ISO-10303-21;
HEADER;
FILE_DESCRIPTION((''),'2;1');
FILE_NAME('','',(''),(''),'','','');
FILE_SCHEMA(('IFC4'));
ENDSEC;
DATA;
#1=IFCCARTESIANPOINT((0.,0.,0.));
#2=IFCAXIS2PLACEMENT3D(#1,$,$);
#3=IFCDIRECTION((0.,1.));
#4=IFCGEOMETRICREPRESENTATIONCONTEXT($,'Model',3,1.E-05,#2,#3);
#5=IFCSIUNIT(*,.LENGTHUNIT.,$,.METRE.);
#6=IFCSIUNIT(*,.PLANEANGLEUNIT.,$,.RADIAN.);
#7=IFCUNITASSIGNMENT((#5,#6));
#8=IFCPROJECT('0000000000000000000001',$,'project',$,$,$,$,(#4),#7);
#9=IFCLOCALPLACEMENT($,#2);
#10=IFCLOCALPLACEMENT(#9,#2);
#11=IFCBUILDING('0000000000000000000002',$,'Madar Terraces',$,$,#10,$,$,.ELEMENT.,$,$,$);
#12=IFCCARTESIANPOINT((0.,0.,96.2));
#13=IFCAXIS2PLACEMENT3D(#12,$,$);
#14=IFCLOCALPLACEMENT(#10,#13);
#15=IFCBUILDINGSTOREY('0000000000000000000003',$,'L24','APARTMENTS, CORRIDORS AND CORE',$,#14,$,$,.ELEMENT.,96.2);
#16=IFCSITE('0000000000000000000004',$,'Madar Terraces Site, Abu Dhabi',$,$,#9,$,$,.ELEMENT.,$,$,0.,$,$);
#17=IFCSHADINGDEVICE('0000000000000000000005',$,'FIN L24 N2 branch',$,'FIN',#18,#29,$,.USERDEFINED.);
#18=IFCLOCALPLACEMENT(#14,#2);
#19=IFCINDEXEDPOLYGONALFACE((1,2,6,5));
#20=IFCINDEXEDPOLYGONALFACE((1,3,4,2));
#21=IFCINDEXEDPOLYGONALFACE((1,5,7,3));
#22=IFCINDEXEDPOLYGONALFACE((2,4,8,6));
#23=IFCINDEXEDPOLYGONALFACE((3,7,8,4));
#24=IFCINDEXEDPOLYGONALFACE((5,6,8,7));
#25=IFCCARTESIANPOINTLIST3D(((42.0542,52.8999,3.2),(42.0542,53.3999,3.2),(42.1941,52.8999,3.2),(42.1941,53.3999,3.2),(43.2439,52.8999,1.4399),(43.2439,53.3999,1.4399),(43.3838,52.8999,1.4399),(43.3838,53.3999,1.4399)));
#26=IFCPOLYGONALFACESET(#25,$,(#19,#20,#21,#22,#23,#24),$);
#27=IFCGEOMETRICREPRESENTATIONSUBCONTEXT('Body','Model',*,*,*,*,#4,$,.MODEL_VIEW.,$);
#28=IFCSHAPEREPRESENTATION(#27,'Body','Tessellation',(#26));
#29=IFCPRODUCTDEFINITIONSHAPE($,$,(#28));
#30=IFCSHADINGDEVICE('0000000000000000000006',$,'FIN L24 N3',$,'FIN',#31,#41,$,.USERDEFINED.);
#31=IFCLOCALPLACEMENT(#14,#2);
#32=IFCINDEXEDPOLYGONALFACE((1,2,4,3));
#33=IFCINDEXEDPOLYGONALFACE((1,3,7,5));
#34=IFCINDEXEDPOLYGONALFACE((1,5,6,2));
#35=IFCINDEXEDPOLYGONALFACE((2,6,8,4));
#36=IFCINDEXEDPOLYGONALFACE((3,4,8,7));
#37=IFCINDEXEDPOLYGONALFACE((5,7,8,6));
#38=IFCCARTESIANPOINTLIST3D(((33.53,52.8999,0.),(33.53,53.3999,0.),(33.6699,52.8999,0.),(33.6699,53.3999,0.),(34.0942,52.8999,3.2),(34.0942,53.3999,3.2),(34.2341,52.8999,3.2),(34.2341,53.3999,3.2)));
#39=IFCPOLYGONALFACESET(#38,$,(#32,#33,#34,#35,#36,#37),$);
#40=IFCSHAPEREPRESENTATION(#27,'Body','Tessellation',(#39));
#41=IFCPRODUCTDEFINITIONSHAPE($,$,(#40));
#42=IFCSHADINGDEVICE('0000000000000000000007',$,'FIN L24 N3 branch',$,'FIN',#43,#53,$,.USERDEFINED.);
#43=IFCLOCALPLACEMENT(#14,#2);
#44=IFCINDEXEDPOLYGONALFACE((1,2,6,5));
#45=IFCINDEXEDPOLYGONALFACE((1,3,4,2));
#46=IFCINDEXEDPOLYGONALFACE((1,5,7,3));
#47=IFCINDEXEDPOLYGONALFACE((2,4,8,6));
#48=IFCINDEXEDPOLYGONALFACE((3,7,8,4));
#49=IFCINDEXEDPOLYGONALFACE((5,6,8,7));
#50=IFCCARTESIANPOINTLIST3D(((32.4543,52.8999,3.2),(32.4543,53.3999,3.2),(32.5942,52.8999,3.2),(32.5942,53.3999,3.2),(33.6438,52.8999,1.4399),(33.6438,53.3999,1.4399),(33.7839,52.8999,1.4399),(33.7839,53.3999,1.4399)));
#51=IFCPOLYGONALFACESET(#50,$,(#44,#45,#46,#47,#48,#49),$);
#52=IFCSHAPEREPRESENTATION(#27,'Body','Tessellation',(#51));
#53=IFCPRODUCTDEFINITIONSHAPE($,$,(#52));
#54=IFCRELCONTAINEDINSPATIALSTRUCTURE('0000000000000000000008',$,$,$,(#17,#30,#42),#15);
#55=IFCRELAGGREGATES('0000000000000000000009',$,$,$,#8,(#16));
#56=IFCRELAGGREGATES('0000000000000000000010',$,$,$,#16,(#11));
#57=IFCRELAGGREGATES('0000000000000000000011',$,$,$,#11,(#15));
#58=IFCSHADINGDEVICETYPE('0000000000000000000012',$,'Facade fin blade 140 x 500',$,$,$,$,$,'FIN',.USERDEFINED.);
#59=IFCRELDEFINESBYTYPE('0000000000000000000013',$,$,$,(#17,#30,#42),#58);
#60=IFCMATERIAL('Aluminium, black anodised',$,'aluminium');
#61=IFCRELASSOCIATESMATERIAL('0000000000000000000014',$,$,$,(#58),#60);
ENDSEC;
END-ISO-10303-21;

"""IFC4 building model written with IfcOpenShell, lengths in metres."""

from ifc_helpers import new_model, si_unit, direction, frame, origin, place, context, subcontext, project, spatial, polyline, outline, extrude, material, type_object, element, save


model = new_model("IFC4")

# Units and contexts
model_context = context("Model", 3, precision=1e-05, world=origin(), true_north=direction((0.0, 1.0)))
body_context = subcontext(model_context, "Body", "Model", "MODEL_VIEW")
ifc_project = project(units=[si_unit("LENGTHUNIT", "METRE"), si_unit("PLANEANGLEUNIT", "RADIAN")], contexts=[model_context])

# Site, building, storey
site_placement = place(None, origin())
site = spatial("IfcSite", under=ifc_project, at=site_placement, Name="Madar Terraces Site, Abu Dhabi", CompositionType="ELEMENT", RefElevation=0.0)
building_placement = place(site_placement, origin())
building = spatial("IfcBuilding", under=site, at=building_placement, Name="Madar Terraces", CompositionType="ELEMENT")
storey_placement = place(building_placement, frame((0.0, 0.0, 96.2)))
storey = spatial("IfcBuildingStorey", under=building, at=storey_placement, Name="L24", Description="APARTMENTS, CORRIDORS AND CORE", CompositionType="ELEMENT", Elevation=96.2)

# Shading devices
ifc_material_1 = material(Name="Aluminium, black anodised", Category="aluminium")
shading_device_type = type_object("IfcShadingDeviceType", Name="Facade fin blade 140 x 500", ElementType="FIN", PredefinedType="USERDEFINED", material=ifc_material_1)
shading_device_1_placement = place(storey_placement, frame((43.3838, 53.1499, 1.4399), z_axis=(0.0, 0.0, 1.0), x_axis=(-1.0, 0.0, 0.0)))
element("IfcShadingDevice", 1, at=shading_device_1_placement, inside=storey, type_object=shading_device_type, Name="FIN L24 N2 branch", ObjectType="FIN", PredefinedType="USERDEFINED", context=body_context, shape_type="SweptSolid", body=[
    extrude(outline(polyline([(0.0, 0.0), (0.1399, 0.0), (1.3296, 1.76), (1.1897, 1.76), (0.0, 0.0)])), frame((0.0, 0.25, 0.0), z_axis=(0.0, -1.0, 0.0), x_axis=(1.0, 0.0, 0.0)), (0.0, 0.0, 1.0), 0.5),
])
shading_device_2_placement = place(storey_placement, frame((33.6699, 53.1499, 0.0), z_axis=(0.0, 0.0, 1.0), x_axis=(-1.0, 0.0, 0.0)))
element("IfcShadingDevice", 2, at=shading_device_2_placement, inside=storey, type_object=shading_device_type, Name="FIN L24 N3", ObjectType="FIN", PredefinedType="USERDEFINED", context=body_context, shape_type="SweptSolid", body=[
    extrude(outline(polyline([(0.0, 0.0), (0.1399, 0.0), (-0.4243, 3.2), (-0.5642, 3.2), (0.0, 0.0)])), frame((0.0, 0.25, 0.0), z_axis=(0.0, -1.0, 0.0), x_axis=(1.0, 0.0, 0.0)), (0.0, 0.0, 1.0), 0.5),
])
shading_device_3_placement = place(storey_placement, frame((33.7839, 53.1499, 1.4399), z_axis=(0.0, 0.0, 1.0), x_axis=(-1.0, 0.0, 0.0)))
element("IfcShadingDevice", 3, at=shading_device_3_placement, inside=storey, type_object=shading_device_type, Name="FIN L24 N3 branch", ObjectType="FIN", PredefinedType="USERDEFINED", context=body_context, shape_type="SweptSolid", body=[
    extrude(outline(polyline([(0.0, 0.0), (0.1401, 0.0), (1.3296, 1.76), (1.1897, 1.76), (0.0, 0.0)])), frame((0.0, 0.25, 0.0), z_axis=(0.0, -1.0, 0.0), x_axis=(1.0, 0.0, 0.0)), (0.0, 0.0, 1.0), 0.5),
])

save(model, "model.ifc")
